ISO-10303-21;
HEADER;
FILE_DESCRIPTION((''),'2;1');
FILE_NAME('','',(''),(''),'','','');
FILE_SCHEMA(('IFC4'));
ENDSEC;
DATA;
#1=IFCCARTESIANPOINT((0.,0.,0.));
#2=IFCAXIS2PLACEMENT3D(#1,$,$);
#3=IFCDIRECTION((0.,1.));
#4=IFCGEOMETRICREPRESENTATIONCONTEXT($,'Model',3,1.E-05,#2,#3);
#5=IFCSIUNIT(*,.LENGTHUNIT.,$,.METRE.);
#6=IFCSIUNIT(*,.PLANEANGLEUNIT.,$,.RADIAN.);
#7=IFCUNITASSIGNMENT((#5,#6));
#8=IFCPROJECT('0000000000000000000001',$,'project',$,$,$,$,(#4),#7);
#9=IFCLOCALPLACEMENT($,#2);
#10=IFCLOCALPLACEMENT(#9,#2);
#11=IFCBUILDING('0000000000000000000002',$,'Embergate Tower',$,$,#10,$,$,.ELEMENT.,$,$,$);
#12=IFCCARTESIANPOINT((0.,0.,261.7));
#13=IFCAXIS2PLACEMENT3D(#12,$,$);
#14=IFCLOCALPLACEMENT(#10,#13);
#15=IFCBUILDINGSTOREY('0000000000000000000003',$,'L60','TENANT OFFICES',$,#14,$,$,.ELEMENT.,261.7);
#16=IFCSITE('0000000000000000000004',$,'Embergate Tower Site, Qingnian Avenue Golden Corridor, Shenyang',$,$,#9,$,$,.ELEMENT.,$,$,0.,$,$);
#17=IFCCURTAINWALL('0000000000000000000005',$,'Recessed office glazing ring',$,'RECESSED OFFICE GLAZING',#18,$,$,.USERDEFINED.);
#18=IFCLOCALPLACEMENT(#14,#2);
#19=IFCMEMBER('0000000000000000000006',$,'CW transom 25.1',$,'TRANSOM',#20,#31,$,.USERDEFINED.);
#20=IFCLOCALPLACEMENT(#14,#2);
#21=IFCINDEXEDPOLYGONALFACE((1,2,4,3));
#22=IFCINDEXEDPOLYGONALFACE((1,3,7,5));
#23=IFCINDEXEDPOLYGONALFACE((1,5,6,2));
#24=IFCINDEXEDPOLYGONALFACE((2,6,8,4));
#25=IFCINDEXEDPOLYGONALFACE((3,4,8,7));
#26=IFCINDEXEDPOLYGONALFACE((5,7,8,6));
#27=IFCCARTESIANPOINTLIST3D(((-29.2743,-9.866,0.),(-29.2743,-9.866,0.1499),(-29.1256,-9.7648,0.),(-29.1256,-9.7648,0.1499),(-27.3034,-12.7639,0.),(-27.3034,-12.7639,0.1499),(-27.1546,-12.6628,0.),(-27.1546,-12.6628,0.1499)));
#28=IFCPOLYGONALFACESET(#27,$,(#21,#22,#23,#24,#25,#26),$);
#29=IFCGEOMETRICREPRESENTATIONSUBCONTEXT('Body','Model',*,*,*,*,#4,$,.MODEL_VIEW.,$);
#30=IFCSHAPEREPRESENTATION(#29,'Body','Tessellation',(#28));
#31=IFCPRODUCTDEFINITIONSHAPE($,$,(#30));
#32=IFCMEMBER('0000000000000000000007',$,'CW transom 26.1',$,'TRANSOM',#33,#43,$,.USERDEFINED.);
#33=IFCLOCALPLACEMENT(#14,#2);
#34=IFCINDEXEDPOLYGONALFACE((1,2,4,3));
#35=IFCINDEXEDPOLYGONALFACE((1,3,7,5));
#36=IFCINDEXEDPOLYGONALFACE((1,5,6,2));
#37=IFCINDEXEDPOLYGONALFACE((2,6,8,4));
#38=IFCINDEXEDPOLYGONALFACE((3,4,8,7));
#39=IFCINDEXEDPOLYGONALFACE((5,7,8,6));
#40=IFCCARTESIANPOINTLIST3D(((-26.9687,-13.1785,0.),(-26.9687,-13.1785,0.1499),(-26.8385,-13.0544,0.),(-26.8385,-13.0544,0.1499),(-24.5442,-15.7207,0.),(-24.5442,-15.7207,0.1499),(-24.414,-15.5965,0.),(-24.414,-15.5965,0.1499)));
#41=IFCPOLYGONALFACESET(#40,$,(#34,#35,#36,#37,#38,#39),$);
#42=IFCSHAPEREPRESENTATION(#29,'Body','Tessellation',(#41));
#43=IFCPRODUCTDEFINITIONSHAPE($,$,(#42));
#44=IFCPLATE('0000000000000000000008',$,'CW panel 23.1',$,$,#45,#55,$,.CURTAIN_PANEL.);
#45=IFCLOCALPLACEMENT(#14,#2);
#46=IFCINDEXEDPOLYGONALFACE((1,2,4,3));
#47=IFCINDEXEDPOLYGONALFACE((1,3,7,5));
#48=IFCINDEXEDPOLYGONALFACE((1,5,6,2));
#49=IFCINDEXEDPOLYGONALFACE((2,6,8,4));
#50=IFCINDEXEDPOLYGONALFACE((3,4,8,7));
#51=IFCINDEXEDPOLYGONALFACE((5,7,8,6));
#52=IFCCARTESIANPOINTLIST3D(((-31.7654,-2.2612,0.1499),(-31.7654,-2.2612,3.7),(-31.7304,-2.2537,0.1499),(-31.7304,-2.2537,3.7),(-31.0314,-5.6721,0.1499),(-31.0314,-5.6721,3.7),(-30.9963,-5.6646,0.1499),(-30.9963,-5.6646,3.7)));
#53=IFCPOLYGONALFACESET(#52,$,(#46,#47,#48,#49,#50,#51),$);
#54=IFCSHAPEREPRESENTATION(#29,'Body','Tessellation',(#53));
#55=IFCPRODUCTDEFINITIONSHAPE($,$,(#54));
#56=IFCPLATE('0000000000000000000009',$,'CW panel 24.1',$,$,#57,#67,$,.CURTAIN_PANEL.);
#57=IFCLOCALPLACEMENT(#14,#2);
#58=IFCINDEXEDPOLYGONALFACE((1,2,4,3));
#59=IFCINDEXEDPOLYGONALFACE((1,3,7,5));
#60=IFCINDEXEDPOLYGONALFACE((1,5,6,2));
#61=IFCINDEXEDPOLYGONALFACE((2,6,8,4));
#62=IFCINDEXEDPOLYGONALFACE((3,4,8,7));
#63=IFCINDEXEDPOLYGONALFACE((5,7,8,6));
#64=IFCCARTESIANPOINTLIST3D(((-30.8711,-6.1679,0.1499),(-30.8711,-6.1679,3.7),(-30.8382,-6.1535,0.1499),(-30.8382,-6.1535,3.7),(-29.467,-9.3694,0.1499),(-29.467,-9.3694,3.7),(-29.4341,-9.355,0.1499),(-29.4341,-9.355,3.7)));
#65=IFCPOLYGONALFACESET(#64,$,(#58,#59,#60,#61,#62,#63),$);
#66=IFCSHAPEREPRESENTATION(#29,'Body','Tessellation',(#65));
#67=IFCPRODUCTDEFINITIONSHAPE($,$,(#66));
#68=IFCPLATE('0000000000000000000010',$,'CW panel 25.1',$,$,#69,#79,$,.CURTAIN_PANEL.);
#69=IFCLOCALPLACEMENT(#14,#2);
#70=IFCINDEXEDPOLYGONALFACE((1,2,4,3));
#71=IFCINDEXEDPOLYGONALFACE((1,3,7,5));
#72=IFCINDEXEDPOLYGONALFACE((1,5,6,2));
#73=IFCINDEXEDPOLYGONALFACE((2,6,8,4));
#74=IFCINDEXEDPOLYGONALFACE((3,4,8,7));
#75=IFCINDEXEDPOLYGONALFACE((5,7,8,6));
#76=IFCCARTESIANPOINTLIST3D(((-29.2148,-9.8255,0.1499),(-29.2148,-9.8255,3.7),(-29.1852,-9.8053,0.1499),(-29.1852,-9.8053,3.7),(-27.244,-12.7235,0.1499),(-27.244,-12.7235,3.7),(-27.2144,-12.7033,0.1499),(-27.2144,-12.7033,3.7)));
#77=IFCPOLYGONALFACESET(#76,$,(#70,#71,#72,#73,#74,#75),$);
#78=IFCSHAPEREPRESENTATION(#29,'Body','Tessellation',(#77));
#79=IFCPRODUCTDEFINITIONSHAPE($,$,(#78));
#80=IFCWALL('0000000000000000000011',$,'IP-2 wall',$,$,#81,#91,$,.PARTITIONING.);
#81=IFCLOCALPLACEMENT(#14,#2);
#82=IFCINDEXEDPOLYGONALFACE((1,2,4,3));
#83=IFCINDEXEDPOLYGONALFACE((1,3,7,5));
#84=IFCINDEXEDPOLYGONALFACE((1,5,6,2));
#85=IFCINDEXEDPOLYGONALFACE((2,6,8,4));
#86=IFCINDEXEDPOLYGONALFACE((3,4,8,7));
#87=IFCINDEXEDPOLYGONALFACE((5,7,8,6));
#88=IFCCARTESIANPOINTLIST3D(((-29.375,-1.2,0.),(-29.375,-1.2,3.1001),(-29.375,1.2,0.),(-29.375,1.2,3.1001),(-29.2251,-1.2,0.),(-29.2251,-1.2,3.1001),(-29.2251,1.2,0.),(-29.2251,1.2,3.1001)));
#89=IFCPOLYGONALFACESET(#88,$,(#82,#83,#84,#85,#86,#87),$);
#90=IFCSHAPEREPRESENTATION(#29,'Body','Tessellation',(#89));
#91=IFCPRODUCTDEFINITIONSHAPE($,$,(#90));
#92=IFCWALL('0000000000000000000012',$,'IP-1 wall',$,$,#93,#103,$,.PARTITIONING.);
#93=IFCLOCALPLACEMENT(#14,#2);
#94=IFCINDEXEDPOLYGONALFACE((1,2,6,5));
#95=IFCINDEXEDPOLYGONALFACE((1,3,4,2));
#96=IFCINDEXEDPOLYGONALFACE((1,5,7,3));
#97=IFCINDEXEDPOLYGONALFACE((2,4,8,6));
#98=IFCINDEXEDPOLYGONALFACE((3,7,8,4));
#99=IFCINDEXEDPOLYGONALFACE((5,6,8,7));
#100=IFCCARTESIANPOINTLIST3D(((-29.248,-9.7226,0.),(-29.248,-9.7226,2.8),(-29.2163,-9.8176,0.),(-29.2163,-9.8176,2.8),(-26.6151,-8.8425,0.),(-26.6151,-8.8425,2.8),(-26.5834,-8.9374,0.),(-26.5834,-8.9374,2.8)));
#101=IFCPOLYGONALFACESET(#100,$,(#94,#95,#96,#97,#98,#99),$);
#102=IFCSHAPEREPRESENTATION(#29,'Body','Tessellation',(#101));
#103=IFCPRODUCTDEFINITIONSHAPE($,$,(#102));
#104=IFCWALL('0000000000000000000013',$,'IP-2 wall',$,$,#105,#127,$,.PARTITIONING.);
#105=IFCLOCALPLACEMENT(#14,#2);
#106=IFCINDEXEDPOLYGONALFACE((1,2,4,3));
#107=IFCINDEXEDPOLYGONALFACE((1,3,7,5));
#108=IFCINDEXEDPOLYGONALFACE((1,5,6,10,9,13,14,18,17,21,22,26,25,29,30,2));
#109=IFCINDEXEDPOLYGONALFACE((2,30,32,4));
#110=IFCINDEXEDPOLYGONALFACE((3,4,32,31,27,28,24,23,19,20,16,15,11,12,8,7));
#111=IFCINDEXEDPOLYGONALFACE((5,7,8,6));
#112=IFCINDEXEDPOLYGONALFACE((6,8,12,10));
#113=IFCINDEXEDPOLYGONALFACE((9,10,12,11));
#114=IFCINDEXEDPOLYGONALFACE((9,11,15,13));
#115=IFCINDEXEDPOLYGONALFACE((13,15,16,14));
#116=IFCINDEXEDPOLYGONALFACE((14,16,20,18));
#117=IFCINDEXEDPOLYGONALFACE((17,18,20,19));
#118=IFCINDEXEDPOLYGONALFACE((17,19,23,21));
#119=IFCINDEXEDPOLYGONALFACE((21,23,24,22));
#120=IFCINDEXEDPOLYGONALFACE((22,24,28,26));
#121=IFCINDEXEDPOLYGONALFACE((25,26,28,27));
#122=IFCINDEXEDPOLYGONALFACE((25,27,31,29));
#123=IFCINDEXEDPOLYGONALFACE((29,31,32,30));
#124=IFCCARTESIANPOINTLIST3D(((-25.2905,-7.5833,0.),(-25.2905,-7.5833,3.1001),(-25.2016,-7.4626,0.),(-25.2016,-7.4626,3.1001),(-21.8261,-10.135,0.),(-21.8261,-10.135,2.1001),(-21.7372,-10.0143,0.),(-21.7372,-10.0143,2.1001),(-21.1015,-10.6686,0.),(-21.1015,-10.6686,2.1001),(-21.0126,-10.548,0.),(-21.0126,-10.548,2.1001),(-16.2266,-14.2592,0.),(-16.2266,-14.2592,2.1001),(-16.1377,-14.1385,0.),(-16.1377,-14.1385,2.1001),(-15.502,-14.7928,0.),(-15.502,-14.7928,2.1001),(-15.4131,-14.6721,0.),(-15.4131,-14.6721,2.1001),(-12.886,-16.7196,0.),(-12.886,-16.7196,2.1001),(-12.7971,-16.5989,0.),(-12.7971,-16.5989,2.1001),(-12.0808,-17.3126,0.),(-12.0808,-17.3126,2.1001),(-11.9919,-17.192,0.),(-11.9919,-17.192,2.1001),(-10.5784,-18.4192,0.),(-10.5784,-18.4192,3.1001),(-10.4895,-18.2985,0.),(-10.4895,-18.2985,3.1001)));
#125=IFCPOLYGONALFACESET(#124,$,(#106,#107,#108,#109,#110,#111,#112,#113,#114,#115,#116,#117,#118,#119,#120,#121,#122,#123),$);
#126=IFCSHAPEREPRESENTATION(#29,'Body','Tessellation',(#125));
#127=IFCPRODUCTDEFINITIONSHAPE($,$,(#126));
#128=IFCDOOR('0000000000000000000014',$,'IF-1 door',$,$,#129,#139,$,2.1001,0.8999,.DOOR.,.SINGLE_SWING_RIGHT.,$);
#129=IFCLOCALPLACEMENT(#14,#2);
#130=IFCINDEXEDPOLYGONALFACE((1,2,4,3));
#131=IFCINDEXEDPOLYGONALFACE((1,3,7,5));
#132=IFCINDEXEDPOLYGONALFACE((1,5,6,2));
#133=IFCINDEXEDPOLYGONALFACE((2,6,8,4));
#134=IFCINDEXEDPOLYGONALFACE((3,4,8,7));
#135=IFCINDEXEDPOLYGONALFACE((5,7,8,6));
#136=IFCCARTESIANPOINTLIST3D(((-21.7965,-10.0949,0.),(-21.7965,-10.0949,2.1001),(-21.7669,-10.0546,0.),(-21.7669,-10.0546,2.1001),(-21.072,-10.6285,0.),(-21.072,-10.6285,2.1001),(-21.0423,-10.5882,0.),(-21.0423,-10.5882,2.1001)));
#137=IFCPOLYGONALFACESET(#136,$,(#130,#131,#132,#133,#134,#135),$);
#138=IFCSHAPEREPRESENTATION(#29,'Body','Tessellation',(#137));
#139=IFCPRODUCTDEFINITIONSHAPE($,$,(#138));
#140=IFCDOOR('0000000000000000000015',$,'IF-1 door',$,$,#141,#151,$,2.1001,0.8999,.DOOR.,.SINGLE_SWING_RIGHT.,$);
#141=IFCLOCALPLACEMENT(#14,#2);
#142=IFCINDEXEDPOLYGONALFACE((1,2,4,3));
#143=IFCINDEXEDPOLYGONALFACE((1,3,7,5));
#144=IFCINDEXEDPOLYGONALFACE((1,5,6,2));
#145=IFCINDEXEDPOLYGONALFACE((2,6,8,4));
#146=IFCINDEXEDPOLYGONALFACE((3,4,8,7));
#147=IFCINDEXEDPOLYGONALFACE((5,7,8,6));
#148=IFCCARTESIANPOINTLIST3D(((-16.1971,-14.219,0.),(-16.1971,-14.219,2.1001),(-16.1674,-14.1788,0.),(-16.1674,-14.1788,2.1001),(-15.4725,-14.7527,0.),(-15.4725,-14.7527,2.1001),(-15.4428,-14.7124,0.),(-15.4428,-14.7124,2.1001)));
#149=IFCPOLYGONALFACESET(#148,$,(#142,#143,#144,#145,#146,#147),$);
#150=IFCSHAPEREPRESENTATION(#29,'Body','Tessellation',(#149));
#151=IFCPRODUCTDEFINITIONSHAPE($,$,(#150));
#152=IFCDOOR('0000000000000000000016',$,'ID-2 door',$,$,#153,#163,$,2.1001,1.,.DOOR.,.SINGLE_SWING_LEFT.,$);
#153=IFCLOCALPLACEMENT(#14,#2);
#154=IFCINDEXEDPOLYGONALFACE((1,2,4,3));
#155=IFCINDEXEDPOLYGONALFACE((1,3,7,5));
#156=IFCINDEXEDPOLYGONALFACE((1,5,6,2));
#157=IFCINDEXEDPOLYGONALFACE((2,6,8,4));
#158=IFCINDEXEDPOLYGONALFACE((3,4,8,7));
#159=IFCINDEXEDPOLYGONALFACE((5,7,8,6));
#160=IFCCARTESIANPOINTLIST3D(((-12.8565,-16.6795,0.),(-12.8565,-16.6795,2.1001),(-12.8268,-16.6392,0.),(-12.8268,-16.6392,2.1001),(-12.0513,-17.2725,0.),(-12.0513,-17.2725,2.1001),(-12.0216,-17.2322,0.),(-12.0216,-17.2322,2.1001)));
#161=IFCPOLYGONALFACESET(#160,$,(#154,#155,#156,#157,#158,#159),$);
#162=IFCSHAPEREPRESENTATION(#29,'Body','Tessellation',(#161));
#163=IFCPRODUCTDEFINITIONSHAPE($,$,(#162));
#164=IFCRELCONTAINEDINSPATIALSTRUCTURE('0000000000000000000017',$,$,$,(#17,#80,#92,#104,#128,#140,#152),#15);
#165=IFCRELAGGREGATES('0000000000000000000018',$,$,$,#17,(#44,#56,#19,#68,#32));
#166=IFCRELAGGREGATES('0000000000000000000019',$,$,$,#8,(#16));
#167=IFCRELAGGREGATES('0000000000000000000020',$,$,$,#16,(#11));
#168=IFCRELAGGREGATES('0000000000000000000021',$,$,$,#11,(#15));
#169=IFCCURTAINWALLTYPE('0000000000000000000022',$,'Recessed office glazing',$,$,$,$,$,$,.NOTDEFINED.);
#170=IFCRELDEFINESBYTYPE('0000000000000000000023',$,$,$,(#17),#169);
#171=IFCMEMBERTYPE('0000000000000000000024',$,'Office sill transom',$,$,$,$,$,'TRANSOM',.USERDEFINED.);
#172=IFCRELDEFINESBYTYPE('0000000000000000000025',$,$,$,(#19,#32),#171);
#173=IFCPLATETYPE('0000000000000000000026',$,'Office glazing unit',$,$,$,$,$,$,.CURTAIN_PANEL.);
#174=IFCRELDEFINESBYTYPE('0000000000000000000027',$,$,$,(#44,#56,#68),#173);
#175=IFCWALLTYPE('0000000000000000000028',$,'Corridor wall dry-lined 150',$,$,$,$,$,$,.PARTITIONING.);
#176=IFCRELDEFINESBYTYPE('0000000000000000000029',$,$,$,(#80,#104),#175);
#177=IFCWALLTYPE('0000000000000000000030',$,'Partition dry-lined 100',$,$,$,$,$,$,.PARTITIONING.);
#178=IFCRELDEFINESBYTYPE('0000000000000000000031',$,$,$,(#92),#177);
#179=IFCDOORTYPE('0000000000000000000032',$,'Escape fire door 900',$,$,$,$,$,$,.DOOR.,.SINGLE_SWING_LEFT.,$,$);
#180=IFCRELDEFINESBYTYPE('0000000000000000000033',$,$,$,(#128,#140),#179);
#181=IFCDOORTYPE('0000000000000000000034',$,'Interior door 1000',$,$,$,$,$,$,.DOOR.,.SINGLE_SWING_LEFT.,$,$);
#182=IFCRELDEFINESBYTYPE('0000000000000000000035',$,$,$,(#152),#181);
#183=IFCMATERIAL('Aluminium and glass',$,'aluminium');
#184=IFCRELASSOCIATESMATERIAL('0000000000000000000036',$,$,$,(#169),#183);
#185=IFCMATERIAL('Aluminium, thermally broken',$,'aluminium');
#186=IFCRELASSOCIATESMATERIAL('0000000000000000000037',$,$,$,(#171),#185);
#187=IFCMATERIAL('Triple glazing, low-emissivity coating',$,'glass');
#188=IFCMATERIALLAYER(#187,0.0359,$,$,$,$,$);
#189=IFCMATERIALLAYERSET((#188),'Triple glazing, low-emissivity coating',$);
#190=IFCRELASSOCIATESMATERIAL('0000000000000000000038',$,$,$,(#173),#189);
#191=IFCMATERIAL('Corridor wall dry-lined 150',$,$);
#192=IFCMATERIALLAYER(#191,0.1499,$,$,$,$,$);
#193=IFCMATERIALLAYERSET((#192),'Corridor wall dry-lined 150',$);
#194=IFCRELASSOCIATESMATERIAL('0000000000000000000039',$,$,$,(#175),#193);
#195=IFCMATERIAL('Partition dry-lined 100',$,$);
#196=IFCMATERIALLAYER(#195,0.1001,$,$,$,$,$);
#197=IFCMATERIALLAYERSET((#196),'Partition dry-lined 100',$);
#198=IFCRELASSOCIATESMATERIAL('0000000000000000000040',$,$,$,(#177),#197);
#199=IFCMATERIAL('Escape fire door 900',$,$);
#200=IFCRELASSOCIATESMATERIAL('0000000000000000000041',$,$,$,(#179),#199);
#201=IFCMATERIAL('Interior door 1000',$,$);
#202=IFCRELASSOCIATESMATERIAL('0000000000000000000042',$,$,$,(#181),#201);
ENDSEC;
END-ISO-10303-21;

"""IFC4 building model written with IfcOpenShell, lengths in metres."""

from ifc_helpers import new_model, si_unit, direction, frame, frame_2d, origin, origin_2d, place, context, subcontext, project, spatial, rectangle, extrude, source, transform, mapped, material, layer, layer_set, material_profile, profile_set, type_object, element, fill, aggregate, save


model = new_model("IFC4")

# Units and contexts
model_context = context("Model", 3, precision=1e-05, world=origin(), true_north=direction((0.0, 1.0)))
body_context = subcontext(model_context, "Body", "Model", "MODEL_VIEW")
ifc_project = project(units=[si_unit("LENGTHUNIT", "METRE"), si_unit("PLANEANGLEUNIT", "RADIAN")], contexts=[model_context])

# Site, building, storey
site_placement = place(None, origin())
site = spatial("IfcSite", under=ifc_project, at=site_placement, Name="Embergate Tower Site, Qingnian Avenue Golden Corridor, Shenyang", CompositionType="ELEMENT", RefElevation=0.0)
building_placement = place(site_placement, origin())
building = spatial("IfcBuilding", under=site, at=building_placement, Name="Embergate Tower", CompositionType="ELEMENT")
storey_placement = place(building_placement, frame((0.0, 0.0, 261.7)))
storey = spatial("IfcBuildingStorey", under=building, at=storey_placement, Name="L60", Description="TENANT OFFICES", CompositionType="ELEMENT", Elevation=261.7)

# Curtain wall, members, plates
ifc_material_1 = material(Name="Aluminium and glass", Category="aluminium")
curtain_wall_type = type_object("IfcCurtainWallType", Name="Recessed office glazing", PredefinedType="NOTDEFINED", material=ifc_material_1)
curtain_wall_placement = place(storey_placement, origin())
curtain_wall = element("IfcCurtainWall", 1, at=curtain_wall_placement, inside=storey, type_object=curtain_wall_type, Name="Recessed office glazing ring", ObjectType="RECESSED OFFICE GLAZING", PredefinedType="USERDEFINED")
ifc_material_2 = material(Name="Aluminium, thermally broken", Category="aluminium")
ifc_material_profile_1 = material_profile(ifc_material_2, rectangle(XDim=0.1799, YDim=0.1499, at=origin_2d()), Name="AL 150x180")
ifc_profile_set_1 = profile_set([ifc_material_profile_1], Name="Aluminium, thermally broken")
member_type_1 = type_object("IfcMemberType", Name="Office sill transom", ElementType="TRANSOM", PredefinedType="USERDEFINED", material=ifc_profile_set_1)
shared_shape_1 = source(origin(), body_context, "Body", "SweptSolid", [
    extrude(rectangle(XDim=0.1799, YDim=0.1499, at=origin_2d()), origin(), (0.0, 0.0, 1.0), 3.5046),
])
member_1_placement = place(storey_placement, frame((-29.2, -9.8154, 0.075), z_axis=(0.562377, -0.826881, 0.0), x_axis=(0.826881, 0.562377, 0.0)))
member_1 = element("IfcMember", 2, at=member_1_placement, type_object=member_type_1, Name="CW transom 25.1", ObjectType="TRANSOM", PredefinedType="USERDEFINED", context=body_context, shape_type="MappedRepresentation", body=[
    mapped(shared_shape_1, transform((0.0, 0.0, 0.0))),
])
shared_shape_2 = source(origin(), body_context, "Body", "SweptSolid", [
    extrude(rectangle(XDim=0.1799, YDim=0.1499, at=origin_2d()), origin(), (0.0, 0.0, 1.0), 3.5129),
])
member_2_placement = place(storey_placement, frame((-26.9036, -13.1165, 0.075), z_axis=(0.69016, -0.723657, 0.0), x_axis=(0.723657, 0.69016, 0.0)))
member_2 = element("IfcMember", 3, at=member_2_placement, type_object=member_type_1, Name="CW transom 26.1", ObjectType="TRANSOM", PredefinedType="USERDEFINED", context=body_context, shape_type="MappedRepresentation", body=[
    mapped(shared_shape_2, transform((0.0, 0.0, 0.0))),
])
ifc_material_3 = material(Name="Triple glazing, low-emissivity coating", Category="glass")
ifc_layer_1 = layer(ifc_material_3, 0.0359)
ifc_layer_set_1 = layer_set([ifc_layer_1], Name="Triple glazing, low-emissivity coating")
plate_type = type_object("IfcPlateType", Name="Office glazing unit", PredefinedType="CURTAIN_PANEL", material=ifc_layer_set_1)
shared_shape_3 = source(origin(), body_context, "Body", "SweptSolid", [
    extrude(rectangle(XDim=3.489, YDim=0.0359, at=origin_2d()), origin(), (0.0, 0.0, 1.0), 3.55),
])
plate_1_placement = place(storey_placement, frame((-31.3809, -3.9629, 0.1499), z_axis=(0.0, 0.0, 1.0), x_axis=(0.210402, -0.977615, 0.0)))
plate_1 = element("IfcPlate", 4, at=plate_1_placement, type_object=plate_type, Name="CW panel 23.1", PredefinedType="CURTAIN_PANEL", context=body_context, shape_type="MappedRepresentation", body=[
    mapped(shared_shape_3, transform((0.0, 0.0, 0.0))),
])
shared_shape_4 = source(origin(), body_context, "Body", "SweptSolid", [
    extrude(rectangle(XDim=3.4958, YDim=0.0359, at=origin_2d()), origin(), (0.0, 0.0, 1.0), 3.55),
])
plate_2_placement = place(storey_placement, frame((-30.1526, -7.7615, 0.1499), z_axis=(0.0, 0.0, 1.0), x_axis=(0.401657, -0.91579, 0.0)))
plate_2 = element("IfcPlate", 5, at=plate_2_placement, type_object=plate_type, Name="CW panel 24.1", PredefinedType="CURTAIN_PANEL", context=body_context, shape_type="MappedRepresentation", body=[
    mapped(shared_shape_4, transform((0.0, 0.0, 0.0))),
])
shared_shape_5 = source(origin(), body_context, "Body", "SweptSolid", [
    extrude(rectangle(XDim=3.5046, YDim=0.0359, at=origin_2d()), origin(), (0.0, 0.0, 1.0), 3.55),
])
plate_3_placement = place(storey_placement, frame((-28.2146, -11.2644, 0.1499), z_axis=(0.0, 0.0, 1.0), x_axis=(0.562346, -0.826902, 0.0)))
plate_3 = element("IfcPlate", 6, at=plate_3_placement, type_object=plate_type, Name="CW panel 25.1", PredefinedType="CURTAIN_PANEL", context=body_context, shape_type="MappedRepresentation", body=[
    mapped(shared_shape_5, transform((0.0, 0.0, 0.0))),
])
aggregate(curtain_wall, [plate_1, plate_2, member_1, plate_3, member_2])

# Walls
ifc_material_4 = material(Name="Corridor wall dry-lined 150")
ifc_layer_2 = layer(ifc_material_4, 0.1499)
ifc_layer_set_2 = layer_set([ifc_layer_2], Name="Corridor wall dry-lined 150")
wall_type_1 = type_object("IfcWallType", Name="Corridor wall dry-lined 150", PredefinedType="PARTITIONING", material=ifc_layer_set_2)
shared_shape_6 = source(origin(), body_context, "Body", "SweptSolid", [
    extrude(rectangle(XDim=2.3999, YDim=0.1499, at=frame_2d((1.2, 0.0))), origin(), (0.0, 0.0, 1.0), 3.1001),
])
wall_1_placement = place(storey_placement, frame((-29.3, -1.2, 0.0), z_axis=(0.0, 0.0, 1.0), x_axis=(0.0, 1.0, 0.0)))
element("IfcWall", 7, at=wall_1_placement, inside=storey, type_object=wall_type_1, Name="IP-2 wall", PredefinedType="PARTITIONING", context=body_context, shape_type="MappedRepresentation", body=[
    mapped(shared_shape_6, transform((0.0, 0.0, 0.0))),
])
ifc_material_5 = material(Name="Partition dry-lined 100")
ifc_layer_3 = layer(ifc_material_5, 0.1001)
ifc_layer_set_3 = layer_set([ifc_layer_3], Name="Partition dry-lined 100")
wall_type_2 = type_object("IfcWallType", Name="Partition dry-lined 100", PredefinedType="PARTITIONING", material=ifc_layer_set_3)
shared_shape_7 = source(origin(), body_context, "Body", "SweptSolid", [
    extrude(rectangle(XDim=2.7761, YDim=0.1001, at=frame_2d((1.3882, 0.0))), origin(), (0.0, 0.0, 1.0), 2.8),
])
wall_2_placement = place(storey_placement, frame((-26.5991, -8.8899, 0.0), z_axis=(0.0, 0.0, 1.0), x_axis=(-0.94841, -0.317046, 0.0)))
element("IfcWall", 8, at=wall_2_placement, inside=storey, type_object=wall_type_2, Name="IP-1 wall", PredefinedType="PARTITIONING", context=body_context, shape_type="MappedRepresentation", body=[
    mapped(shared_shape_7, transform((0.0, 0.0, 0.0))),
])

# Wall, openings, doors
shared_shape_8 = source(origin(), body_context, "Body", "SweptSolid", [
    extrude(rectangle(XDim=18.272, YDim=0.1499, at=frame_2d((9.136, 0.0))), origin(), (0.0, 0.0, 1.0), 3.1001),
])
wall_3_placement = place(storey_placement, frame((-25.2461, -7.5229, 0.0), z_axis=(0.0, 0.0, 1.0), x_axis=(0.805176, -0.593036, 0.0)))
wall_3 = element("IfcWall", 9, at=wall_3_placement, inside=storey, type_object=wall_type_1, Name="IP-2 wall", PredefinedType="PARTITIONING", context=body_context, shape_type="MappedRepresentation", body=[
    mapped(shared_shape_8, transform((0.0, 0.0, 0.0))),
])
shared_shape_9 = source(origin(), body_context, "Body", "SweptSolid", [
    extrude(rectangle(XDim=0.8999, YDim=2.1001, at=frame_2d((0.45, 1.05))), frame((0.0, 0.085, 0.0), z_axis=(0.0, -1.0, 0.0), x_axis=(1.0, 0.0, 0.0)), (0.0, 0.0, 1.0), 0.1699),
])
opening_1_placement = place(wall_3_placement, frame((4.3027, 0.0, 0.0)))
opening_1 = element("IfcOpeningElement", 10, at=opening_1_placement, cuts=wall_3, PredefinedType="OPENING", context=body_context, shape_type="MappedRepresentation", body=[
    mapped(shared_shape_9, transform((0.0, 0.0, 0.0))),
])
opening_2_placement = place(wall_3_placement, frame((11.2571, 0.0, 0.0)))
opening_2 = element("IfcOpeningElement", 11, at=opening_2_placement, cuts=wall_3, PredefinedType="OPENING", context=body_context, shape_type="MappedRepresentation", body=[
    mapped(shared_shape_9, transform((0.0, 0.0, 0.0))),
])
shared_shape_10 = source(origin(), body_context, "Body", "SweptSolid", [
    extrude(rectangle(XDim=1.0, YDim=2.1001, at=frame_2d((0.5, 1.05))), frame((0.0, 0.085, 0.0), z_axis=(0.0, -1.0, 0.0), x_axis=(1.0, 0.0, 0.0)), (0.0, 0.0, 1.0), 0.1699),
])
opening_3_placement = place(wall_3_placement, frame((15.406, 0.0, 0.0)))
opening_3 = element("IfcOpeningElement", 12, at=opening_3_placement, cuts=wall_3, PredefinedType="OPENING", context=body_context, shape_type="MappedRepresentation", body=[
    mapped(shared_shape_10, transform((0.0, 0.0, 0.0))),
])
ifc_material_6 = material(Name="Escape fire door 900")
door_type_1 = type_object("IfcDoorType", Name="Escape fire door 900", OperationType="SINGLE_SWING_LEFT", PredefinedType="DOOR", material=ifc_material_6)
shared_shape_11 = source(origin(), body_context, "Body", "SweptSolid", [
    extrude(rectangle(XDim=0.8999, YDim=2.1001, at=frame_2d((0.45, 1.05))), frame((0.0, 0.0249, 0.0), z_axis=(0.0, -1.0, 0.0), x_axis=(1.0, 0.0, 0.0)), (0.0, 0.0, 1.0), 0.05),
])
door_1_placement = place(opening_1_placement, origin())
door_1 = element("IfcDoor", 13, at=door_1_placement, inside=storey, type_object=door_type_1, Name="IF-1 door", OperationType="SINGLE_SWING_RIGHT", OverallHeight=2.1001, OverallWidth=0.8999, PredefinedType="DOOR", context=body_context, shape_type="MappedRepresentation", body=[
    mapped(shared_shape_11, transform((0.0, 0.0, 0.0))),
])
fill(opening_1, door_1)
door_2_placement = place(opening_2_placement, origin())
door_2 = element("IfcDoor", 14, at=door_2_placement, inside=storey, type_object=door_type_1, Name="IF-1 door", OperationType="SINGLE_SWING_RIGHT", OverallHeight=2.1001, OverallWidth=0.8999, PredefinedType="DOOR", context=body_context, shape_type="MappedRepresentation", body=[
    mapped(shared_shape_11, transform((0.0, 0.0, 0.0))),
])
fill(opening_2, door_2)
ifc_material_7 = material(Name="Interior door 1000")
door_type_2 = type_object("IfcDoorType", Name="Interior door 1000", OperationType="SINGLE_SWING_LEFT", PredefinedType="DOOR", material=ifc_material_7)
shared_shape_12 = source(origin(), body_context, "Body", "SweptSolid", [
    extrude(rectangle(XDim=1.0, YDim=2.1001, at=frame_2d((0.5, 1.05))), frame((0.0, 0.0249, 0.0), z_axis=(0.0, -1.0, 0.0), x_axis=(1.0, 0.0, 0.0)), (0.0, 0.0, 1.0), 0.05),
])
door_3_placement = place(opening_3_placement, origin())
door_3 = element("IfcDoor", 15, at=door_3_placement, inside=storey, type_object=door_type_2, Name="ID-2 door", OperationType="SINGLE_SWING_LEFT", OverallHeight=2.1001, OverallWidth=1.0, PredefinedType="DOOR", context=body_context, shape_type="MappedRepresentation", body=[
    mapped(shared_shape_12, transform((0.0, 0.0, 0.0))),
])
fill(opening_3, door_3)

save(model, "model.ifc")
